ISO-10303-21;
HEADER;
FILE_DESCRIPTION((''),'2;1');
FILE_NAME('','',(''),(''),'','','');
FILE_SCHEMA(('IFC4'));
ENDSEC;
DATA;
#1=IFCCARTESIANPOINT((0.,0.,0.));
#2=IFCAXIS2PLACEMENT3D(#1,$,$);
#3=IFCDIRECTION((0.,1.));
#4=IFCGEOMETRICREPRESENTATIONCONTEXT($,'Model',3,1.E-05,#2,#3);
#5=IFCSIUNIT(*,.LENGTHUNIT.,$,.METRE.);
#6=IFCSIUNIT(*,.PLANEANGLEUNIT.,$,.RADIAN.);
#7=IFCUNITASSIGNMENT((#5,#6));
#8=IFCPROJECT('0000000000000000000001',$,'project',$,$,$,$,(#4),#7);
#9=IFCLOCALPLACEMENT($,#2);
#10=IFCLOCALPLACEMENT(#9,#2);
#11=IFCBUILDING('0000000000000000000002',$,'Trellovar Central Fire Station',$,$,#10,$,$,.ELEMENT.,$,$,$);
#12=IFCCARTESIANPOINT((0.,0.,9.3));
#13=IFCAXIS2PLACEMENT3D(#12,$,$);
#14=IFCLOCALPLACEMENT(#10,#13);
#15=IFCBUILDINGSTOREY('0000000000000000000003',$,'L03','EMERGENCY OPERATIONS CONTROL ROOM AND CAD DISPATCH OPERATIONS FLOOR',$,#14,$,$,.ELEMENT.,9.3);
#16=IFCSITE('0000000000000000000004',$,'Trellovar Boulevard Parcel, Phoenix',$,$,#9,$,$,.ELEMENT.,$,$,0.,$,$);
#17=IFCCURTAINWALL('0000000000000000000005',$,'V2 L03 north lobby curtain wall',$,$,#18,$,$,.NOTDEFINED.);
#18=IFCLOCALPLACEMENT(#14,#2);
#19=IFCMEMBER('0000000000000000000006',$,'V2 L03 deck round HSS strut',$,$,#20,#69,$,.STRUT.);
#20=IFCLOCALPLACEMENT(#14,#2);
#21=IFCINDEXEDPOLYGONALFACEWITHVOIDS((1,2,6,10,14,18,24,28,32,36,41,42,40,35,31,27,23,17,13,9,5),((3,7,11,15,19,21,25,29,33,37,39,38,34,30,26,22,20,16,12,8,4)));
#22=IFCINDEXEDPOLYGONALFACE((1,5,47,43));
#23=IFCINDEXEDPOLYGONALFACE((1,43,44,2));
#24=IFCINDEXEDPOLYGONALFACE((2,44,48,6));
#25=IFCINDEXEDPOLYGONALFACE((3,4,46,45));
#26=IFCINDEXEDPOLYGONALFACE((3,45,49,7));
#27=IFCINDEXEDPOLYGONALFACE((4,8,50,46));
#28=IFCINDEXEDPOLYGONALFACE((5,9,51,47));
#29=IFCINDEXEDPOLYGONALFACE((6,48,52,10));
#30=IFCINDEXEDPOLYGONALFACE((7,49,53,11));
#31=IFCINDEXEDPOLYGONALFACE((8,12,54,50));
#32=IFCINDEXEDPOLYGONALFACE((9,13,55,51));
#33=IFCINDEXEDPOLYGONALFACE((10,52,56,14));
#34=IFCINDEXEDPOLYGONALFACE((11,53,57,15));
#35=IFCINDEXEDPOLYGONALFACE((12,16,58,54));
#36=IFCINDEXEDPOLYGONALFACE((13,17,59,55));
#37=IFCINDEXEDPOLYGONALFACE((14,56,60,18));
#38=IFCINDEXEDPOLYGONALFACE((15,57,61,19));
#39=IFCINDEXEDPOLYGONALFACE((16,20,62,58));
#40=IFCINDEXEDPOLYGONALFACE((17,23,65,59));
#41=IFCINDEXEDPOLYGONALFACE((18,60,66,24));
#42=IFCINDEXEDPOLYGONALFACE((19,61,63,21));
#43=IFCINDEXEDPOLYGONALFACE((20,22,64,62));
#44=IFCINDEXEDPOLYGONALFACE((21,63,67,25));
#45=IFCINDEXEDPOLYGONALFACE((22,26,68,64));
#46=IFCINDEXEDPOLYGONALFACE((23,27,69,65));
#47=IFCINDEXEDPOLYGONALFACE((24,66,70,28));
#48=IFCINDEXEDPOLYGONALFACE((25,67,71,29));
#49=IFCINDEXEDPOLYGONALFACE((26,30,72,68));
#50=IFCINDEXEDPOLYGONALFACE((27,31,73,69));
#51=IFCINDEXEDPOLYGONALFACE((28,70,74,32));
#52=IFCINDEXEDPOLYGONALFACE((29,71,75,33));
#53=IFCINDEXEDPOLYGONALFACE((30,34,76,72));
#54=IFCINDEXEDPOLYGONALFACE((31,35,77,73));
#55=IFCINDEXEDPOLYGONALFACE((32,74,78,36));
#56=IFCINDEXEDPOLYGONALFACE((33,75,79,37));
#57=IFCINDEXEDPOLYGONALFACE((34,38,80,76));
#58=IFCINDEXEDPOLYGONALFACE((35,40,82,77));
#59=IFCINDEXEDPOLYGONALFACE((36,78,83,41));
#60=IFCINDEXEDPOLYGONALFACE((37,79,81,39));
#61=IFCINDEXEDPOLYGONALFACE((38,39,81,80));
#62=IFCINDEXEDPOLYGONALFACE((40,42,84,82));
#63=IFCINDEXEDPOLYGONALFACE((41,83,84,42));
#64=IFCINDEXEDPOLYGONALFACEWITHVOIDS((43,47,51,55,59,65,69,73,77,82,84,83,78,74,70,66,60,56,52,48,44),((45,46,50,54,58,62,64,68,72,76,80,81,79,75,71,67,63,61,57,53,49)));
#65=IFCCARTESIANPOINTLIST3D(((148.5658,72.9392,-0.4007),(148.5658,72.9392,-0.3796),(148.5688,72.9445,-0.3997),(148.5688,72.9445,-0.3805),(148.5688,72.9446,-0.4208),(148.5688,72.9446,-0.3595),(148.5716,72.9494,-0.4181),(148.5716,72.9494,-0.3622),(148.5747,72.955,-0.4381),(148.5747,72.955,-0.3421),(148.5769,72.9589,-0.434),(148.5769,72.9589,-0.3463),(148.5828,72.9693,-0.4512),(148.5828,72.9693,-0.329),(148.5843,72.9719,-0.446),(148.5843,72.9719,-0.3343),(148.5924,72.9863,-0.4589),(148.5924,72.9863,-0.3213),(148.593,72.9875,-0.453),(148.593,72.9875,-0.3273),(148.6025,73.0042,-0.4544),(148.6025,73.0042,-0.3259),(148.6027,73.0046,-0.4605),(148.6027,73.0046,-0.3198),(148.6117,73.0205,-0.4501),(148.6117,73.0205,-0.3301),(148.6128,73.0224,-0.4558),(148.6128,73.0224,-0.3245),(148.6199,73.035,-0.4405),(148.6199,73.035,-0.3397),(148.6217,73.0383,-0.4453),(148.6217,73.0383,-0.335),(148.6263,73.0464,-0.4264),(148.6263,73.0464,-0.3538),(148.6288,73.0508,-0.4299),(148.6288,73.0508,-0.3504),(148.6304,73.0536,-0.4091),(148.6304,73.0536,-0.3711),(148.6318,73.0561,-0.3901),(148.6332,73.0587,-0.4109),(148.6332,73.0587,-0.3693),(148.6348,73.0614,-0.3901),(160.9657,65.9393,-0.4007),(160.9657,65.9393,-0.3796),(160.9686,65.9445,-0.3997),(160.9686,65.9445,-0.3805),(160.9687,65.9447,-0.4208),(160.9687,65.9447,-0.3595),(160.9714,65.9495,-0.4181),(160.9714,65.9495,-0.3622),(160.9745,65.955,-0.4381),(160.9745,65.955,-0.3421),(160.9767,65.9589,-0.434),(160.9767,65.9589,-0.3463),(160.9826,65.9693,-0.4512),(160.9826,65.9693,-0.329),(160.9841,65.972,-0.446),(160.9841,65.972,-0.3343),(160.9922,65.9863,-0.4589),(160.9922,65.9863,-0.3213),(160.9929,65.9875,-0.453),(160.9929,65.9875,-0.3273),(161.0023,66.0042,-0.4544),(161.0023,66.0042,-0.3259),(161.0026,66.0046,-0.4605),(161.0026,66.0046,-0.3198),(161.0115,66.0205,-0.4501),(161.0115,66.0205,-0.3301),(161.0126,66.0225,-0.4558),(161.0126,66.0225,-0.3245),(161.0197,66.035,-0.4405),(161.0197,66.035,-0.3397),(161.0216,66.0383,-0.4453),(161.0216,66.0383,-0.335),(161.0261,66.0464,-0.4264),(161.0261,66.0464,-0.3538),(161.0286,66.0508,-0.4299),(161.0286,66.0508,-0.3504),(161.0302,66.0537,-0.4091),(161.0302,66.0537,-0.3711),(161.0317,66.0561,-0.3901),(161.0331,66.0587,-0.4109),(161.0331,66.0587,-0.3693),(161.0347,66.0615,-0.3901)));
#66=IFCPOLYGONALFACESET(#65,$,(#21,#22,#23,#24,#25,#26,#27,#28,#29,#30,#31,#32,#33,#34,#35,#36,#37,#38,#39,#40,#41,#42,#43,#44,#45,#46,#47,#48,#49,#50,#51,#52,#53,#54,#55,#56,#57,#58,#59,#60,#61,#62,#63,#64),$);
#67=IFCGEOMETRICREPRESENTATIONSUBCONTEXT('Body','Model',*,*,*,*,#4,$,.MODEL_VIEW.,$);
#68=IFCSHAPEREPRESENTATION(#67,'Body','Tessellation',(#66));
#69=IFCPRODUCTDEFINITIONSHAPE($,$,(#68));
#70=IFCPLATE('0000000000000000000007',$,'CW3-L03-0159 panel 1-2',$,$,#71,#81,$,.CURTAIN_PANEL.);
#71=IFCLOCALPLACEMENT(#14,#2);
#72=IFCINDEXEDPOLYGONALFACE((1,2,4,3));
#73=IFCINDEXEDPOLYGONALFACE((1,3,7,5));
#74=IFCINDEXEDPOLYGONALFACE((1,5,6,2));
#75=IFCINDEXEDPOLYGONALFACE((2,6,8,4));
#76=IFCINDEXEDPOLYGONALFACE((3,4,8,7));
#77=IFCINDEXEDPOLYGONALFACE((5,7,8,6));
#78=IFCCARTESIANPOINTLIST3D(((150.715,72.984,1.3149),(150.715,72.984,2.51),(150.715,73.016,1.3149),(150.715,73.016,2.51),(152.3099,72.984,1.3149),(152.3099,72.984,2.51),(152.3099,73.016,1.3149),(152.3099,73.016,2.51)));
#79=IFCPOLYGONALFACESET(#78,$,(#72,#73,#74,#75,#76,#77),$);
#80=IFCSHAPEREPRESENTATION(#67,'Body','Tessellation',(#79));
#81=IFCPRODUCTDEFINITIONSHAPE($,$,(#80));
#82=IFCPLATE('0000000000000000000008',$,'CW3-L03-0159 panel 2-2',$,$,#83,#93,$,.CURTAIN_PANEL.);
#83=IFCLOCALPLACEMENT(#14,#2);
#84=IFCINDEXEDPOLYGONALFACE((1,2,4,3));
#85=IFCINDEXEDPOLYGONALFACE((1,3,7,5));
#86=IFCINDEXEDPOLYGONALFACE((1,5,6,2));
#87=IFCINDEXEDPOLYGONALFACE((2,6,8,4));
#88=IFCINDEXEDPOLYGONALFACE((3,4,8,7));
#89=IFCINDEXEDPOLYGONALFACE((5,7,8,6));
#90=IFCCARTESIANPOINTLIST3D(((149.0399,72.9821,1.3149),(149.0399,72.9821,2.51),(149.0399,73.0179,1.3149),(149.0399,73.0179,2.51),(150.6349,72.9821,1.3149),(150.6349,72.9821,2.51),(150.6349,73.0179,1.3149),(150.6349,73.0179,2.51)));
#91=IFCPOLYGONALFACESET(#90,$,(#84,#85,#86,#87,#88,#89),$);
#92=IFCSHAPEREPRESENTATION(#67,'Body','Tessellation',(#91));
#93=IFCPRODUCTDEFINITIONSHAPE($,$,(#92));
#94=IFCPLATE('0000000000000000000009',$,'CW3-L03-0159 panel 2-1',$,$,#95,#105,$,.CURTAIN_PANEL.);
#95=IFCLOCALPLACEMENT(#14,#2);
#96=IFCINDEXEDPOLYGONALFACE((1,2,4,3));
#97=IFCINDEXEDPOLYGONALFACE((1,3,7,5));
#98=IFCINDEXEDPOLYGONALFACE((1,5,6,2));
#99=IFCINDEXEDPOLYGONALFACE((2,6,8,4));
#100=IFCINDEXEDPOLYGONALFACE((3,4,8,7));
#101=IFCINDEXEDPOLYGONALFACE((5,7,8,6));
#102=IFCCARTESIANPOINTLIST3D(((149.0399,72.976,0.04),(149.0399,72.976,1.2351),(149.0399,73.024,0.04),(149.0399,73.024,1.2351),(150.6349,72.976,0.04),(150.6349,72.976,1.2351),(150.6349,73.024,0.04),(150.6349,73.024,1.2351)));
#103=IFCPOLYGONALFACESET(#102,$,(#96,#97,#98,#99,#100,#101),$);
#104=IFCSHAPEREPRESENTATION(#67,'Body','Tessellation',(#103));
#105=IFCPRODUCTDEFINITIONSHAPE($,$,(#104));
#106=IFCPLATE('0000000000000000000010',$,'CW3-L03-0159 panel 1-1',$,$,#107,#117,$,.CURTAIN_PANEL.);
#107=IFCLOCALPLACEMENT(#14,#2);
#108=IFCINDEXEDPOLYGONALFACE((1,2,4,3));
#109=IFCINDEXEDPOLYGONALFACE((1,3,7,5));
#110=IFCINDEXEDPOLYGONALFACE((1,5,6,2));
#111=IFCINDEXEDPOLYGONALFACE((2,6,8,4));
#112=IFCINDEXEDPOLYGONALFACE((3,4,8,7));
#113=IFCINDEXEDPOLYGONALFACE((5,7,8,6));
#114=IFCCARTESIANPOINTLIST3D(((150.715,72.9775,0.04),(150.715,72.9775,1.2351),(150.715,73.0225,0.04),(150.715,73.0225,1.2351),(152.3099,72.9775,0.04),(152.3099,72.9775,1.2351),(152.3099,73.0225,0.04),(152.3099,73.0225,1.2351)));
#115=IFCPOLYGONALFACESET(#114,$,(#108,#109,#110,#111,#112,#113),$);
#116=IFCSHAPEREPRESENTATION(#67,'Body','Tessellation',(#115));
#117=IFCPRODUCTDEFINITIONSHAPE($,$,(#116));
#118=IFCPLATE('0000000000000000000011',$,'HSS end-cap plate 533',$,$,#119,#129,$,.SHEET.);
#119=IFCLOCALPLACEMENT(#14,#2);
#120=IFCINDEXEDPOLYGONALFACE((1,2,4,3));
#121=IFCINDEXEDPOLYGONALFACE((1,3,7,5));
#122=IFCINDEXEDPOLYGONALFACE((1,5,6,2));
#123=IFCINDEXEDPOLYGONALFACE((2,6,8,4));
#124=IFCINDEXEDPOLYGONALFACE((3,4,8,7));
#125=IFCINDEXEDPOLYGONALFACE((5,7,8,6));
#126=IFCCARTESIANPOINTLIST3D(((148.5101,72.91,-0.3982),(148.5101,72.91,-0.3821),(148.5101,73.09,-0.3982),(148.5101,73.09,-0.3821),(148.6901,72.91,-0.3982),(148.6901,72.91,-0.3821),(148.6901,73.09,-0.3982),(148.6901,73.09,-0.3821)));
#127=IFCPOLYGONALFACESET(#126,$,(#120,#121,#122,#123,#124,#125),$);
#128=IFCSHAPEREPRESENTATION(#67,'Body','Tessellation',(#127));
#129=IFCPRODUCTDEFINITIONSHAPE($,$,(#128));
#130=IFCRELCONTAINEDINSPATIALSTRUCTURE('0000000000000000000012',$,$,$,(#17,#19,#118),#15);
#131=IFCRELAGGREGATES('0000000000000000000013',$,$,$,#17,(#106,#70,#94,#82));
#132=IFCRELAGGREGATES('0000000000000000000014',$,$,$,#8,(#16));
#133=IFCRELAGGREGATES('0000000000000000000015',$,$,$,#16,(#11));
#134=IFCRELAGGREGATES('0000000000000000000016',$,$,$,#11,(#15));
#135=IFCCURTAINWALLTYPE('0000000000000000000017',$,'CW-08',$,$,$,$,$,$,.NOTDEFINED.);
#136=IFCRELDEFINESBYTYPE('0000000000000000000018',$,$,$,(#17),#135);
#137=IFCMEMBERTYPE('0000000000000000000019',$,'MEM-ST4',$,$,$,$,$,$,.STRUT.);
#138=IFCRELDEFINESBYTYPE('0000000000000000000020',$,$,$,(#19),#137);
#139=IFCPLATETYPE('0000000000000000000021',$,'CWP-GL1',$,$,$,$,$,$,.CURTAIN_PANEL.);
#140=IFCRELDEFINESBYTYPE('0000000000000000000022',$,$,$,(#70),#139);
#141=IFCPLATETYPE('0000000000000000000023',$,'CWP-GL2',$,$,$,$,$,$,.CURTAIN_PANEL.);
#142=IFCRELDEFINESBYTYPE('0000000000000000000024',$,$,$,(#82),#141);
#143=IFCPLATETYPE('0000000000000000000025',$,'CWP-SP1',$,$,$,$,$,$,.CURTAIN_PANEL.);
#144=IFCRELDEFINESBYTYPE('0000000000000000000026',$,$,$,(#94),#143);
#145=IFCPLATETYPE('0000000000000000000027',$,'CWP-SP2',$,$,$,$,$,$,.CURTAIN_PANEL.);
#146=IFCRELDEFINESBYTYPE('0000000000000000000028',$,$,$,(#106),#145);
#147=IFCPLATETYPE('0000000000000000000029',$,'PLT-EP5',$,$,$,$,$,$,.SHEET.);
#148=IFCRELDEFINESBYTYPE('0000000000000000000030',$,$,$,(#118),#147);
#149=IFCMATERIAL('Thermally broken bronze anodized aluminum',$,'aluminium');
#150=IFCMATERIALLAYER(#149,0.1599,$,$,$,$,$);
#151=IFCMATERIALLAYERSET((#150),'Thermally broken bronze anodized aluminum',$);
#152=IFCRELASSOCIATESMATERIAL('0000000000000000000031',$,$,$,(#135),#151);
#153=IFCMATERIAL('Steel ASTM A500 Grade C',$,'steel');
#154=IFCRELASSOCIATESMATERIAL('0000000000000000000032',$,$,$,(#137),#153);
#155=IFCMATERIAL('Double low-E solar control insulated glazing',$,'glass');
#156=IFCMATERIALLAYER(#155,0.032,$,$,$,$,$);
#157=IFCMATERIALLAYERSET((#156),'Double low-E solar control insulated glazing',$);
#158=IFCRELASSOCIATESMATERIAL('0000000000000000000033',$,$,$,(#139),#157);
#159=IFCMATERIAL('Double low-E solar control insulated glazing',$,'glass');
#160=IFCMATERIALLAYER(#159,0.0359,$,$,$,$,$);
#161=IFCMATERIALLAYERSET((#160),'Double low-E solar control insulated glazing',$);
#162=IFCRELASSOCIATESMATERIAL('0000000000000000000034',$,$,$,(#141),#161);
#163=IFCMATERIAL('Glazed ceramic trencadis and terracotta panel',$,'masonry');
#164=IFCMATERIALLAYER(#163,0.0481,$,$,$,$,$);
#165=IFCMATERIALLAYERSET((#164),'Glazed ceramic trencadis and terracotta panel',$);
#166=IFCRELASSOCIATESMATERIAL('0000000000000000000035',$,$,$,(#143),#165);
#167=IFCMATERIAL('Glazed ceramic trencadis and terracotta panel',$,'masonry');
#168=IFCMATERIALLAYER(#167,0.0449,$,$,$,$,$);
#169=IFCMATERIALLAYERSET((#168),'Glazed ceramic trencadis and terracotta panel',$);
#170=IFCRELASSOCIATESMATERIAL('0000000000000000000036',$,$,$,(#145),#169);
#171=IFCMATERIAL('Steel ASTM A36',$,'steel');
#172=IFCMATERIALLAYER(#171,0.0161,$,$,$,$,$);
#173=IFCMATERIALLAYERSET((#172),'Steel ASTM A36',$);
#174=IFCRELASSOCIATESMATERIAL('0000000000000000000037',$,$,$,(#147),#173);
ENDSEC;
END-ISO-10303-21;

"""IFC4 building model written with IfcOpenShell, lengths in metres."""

from ifc_helpers import new_model, si_unit, direction, frame, origin, origin_2d, place, context, subcontext, project, spatial, rectangle, hollow_circle, extrude, material, layer, layer_set, material_profile, profile_set, type_object, element, aggregate, save


model = new_model("IFC4")

# Units and contexts
model_context = context("Model", 3, precision=1e-05, world=origin(), true_north=direction((0.0, 1.0)))
body_context = subcontext(model_context, "Body", "Model", "MODEL_VIEW")
ifc_project = project(units=[si_unit("LENGTHUNIT", "METRE"), si_unit("PLANEANGLEUNIT", "RADIAN")], contexts=[model_context])

# Site, building, storey
site_placement = place(None, origin())
site = spatial("IfcSite", under=ifc_project, at=site_placement, Name="Trellovar Boulevard Parcel, Phoenix", CompositionType="ELEMENT", RefElevation=0.0)
building_placement = place(site_placement, origin())
building = spatial("IfcBuilding", under=site, at=building_placement, Name="Trellovar Central Fire Station", CompositionType="ELEMENT")
storey_placement = place(building_placement, frame((0.0, 0.0, 9.3)))
storey = spatial("IfcBuildingStorey", under=building, at=storey_placement, Name="L03", Description="EMERGENCY OPERATIONS CONTROL ROOM AND CAD DISPATCH OPERATIONS FLOOR", CompositionType="ELEMENT", Elevation=9.3)

# Curtain wall
ifc_material_1 = material(Name="Thermally broken bronze anodized aluminum", Category="aluminium")
ifc_layer_1 = layer(ifc_material_1, 0.1599)
ifc_layer_set_1 = layer_set([ifc_layer_1], Name="Thermally broken bronze anodized aluminum")
curtain_wall_type = type_object("IfcCurtainWallType", Name="CW-08", PredefinedType="NOTDEFINED", material=ifc_layer_set_1)
curtain_wall_placement = place(storey_placement, origin())
curtain_wall = element("IfcCurtainWall", 1, at=curtain_wall_placement, inside=storey, type_object=curtain_wall_type, Name="V2 L03 north lobby curtain wall", PredefinedType="NOTDEFINED")

# Member
ifc_material_2 = material(Name="Steel ASTM A500 Grade C", Category="steel")
ifc_material_profile_1 = material_profile(ifc_material_2, hollow_circle(Radius=0.0706, WallThickness=0.0061, at=origin_2d()), Name="HSS5.563X0.258")
ifc_profile_set_1 = profile_set([ifc_material_profile_1], Name="Steel ASTM A500 Grade C")
member_type_1 = type_object("IfcMemberType", Name="MEM-ST4", PredefinedType="STRUT", material=ifc_profile_set_1)
member_1_placement = place(storey_placement, frame((148.6001, 73.0, -0.3901), z_axis=(0.870823, -0.491597, 0.0), x_axis=(0.491597, 0.870823, 0.0)))
element("IfcMember", 2, at=member_1_placement, inside=storey, type_object=member_type_1, Name="V2 L03 deck round HSS strut", PredefinedType="STRUT", context=body_context, shape_type="SweptSolid", body=[
    extrude(hollow_circle(Radius=0.0706, WallThickness=0.0061, at=origin_2d()), origin(), (0.0, 0.0, 1.0), 14.2393),
])

# Plates
ifc_material_3 = material(Name="Double low-E solar control insulated glazing", Category="glass")
ifc_layer_2 = layer(ifc_material_3, 0.032)
ifc_layer_set_2 = layer_set([ifc_layer_2], Name="Double low-E solar control insulated glazing")
plate_type_1 = type_object("IfcPlateType", Name="CWP-GL1", PredefinedType="CURTAIN_PANEL", material=ifc_layer_set_2)
plate_1_placement = place(storey_placement, frame((151.5125, 73.0, 1.3149), z_axis=(0.0, 0.0, 1.0), x_axis=(-1.0, 0.0, 0.0)))
plate_1 = element("IfcPlate", 3, at=plate_1_placement, type_object=plate_type_1, Name="CW3-L03-0159 panel 1-2", PredefinedType="CURTAIN_PANEL", context=body_context, shape_type="SweptSolid", body=[
    extrude(rectangle(XDim=1.595, YDim=0.032, at=origin_2d()), origin(), (0.0, 0.0, 1.0), 1.1951),
])
ifc_material_4 = material(Name="Double low-E solar control insulated glazing", Category="glass")
ifc_layer_3 = layer(ifc_material_4, 0.0359)
ifc_layer_set_3 = layer_set([ifc_layer_3], Name="Double low-E solar control insulated glazing")
plate_type_2 = type_object("IfcPlateType", Name="CWP-GL2", PredefinedType="CURTAIN_PANEL", material=ifc_layer_set_3)
plate_2_placement = place(storey_placement, frame((149.8374, 73.0, 1.3149), z_axis=(0.0, 0.0, 1.0), x_axis=(-1.0, 0.0, 0.0)))
plate_2 = element("IfcPlate", 4, at=plate_2_placement, type_object=plate_type_2, Name="CW3-L03-0159 panel 2-2", PredefinedType="CURTAIN_PANEL", context=body_context, shape_type="SweptSolid", body=[
    extrude(rectangle(XDim=1.595, YDim=0.0359, at=origin_2d()), origin(), (0.0, 0.0, 1.0), 1.1951),
])
ifc_material_5 = material(Name="Glazed ceramic trencadis and terracotta panel", Category="masonry")
ifc_layer_4 = layer(ifc_material_5, 0.0481)
ifc_layer_set_4 = layer_set([ifc_layer_4], Name="Glazed ceramic trencadis and terracotta panel")
plate_type_3 = type_object("IfcPlateType", Name="CWP-SP1", PredefinedType="CURTAIN_PANEL", material=ifc_layer_set_4)
plate_3_placement = place(storey_placement, frame((149.8374, 73.0, 0.04), z_axis=(0.0, 0.0, 1.0), x_axis=(-1.0, 0.0, 0.0)))
plate_3 = element("IfcPlate", 5, at=plate_3_placement, type_object=plate_type_3, Name="CW3-L03-0159 panel 2-1", PredefinedType="CURTAIN_PANEL", context=body_context, shape_type="SweptSolid", body=[
    extrude(rectangle(XDim=1.595, YDim=0.0481, at=origin_2d()), origin(), (0.0, 0.0, 1.0), 1.1951),
])
ifc_material_6 = material(Name="Glazed ceramic trencadis and terracotta panel", Category="masonry")
ifc_layer_5 = layer(ifc_material_6, 0.0449)
ifc_layer_set_5 = layer_set([ifc_layer_5], Name="Glazed ceramic trencadis and terracotta panel")
plate_type_4 = type_object("IfcPlateType", Name="CWP-SP2", PredefinedType="CURTAIN_PANEL", material=ifc_layer_set_5)
plate_4_placement = place(storey_placement, frame((151.5125, 73.0, 0.04), z_axis=(0.0, 0.0, 1.0), x_axis=(-1.0, 0.0, 0.0)))
plate_4 = element("IfcPlate", 6, at=plate_4_placement, type_object=plate_type_4, Name="CW3-L03-0159 panel 1-1", PredefinedType="CURTAIN_PANEL", context=body_context, shape_type="SweptSolid", body=[
    extrude(rectangle(XDim=1.595, YDim=0.0449, at=origin_2d()), origin(), (0.0, 0.0, 1.0), 1.1951),
])
aggregate(curtain_wall, [plate_4, plate_1, plate_3, plate_2])
ifc_material_7 = material(Name="Steel ASTM A36", Category="steel")
ifc_layer_6 = layer(ifc_material_7, 0.0161)
ifc_layer_set_6 = layer_set([ifc_layer_6], Name="Steel ASTM A36")
plate_type_5 = type_object("IfcPlateType", Name="PLT-EP5", PredefinedType="SHEET", material=ifc_layer_set_6)
plate_5_placement = place(storey_placement, frame((148.6001, 73.0, -0.3982), z_axis=(0.0, 0.0, 1.0), x_axis=(1.0, 0.0, 0.0)))
element("IfcPlate", 7, at=plate_5_placement, inside=storey, type_object=plate_type_5, Name="HSS end-cap plate 533", PredefinedType="SHEET", context=body_context, shape_type="SweptSolid", body=[
    extrude(rectangle(XDim=0.1799, YDim=0.1799, at=origin_2d()), origin(), (0.0, 0.0, 1.0), 0.0161),
])

save(model, "model.ifc")
